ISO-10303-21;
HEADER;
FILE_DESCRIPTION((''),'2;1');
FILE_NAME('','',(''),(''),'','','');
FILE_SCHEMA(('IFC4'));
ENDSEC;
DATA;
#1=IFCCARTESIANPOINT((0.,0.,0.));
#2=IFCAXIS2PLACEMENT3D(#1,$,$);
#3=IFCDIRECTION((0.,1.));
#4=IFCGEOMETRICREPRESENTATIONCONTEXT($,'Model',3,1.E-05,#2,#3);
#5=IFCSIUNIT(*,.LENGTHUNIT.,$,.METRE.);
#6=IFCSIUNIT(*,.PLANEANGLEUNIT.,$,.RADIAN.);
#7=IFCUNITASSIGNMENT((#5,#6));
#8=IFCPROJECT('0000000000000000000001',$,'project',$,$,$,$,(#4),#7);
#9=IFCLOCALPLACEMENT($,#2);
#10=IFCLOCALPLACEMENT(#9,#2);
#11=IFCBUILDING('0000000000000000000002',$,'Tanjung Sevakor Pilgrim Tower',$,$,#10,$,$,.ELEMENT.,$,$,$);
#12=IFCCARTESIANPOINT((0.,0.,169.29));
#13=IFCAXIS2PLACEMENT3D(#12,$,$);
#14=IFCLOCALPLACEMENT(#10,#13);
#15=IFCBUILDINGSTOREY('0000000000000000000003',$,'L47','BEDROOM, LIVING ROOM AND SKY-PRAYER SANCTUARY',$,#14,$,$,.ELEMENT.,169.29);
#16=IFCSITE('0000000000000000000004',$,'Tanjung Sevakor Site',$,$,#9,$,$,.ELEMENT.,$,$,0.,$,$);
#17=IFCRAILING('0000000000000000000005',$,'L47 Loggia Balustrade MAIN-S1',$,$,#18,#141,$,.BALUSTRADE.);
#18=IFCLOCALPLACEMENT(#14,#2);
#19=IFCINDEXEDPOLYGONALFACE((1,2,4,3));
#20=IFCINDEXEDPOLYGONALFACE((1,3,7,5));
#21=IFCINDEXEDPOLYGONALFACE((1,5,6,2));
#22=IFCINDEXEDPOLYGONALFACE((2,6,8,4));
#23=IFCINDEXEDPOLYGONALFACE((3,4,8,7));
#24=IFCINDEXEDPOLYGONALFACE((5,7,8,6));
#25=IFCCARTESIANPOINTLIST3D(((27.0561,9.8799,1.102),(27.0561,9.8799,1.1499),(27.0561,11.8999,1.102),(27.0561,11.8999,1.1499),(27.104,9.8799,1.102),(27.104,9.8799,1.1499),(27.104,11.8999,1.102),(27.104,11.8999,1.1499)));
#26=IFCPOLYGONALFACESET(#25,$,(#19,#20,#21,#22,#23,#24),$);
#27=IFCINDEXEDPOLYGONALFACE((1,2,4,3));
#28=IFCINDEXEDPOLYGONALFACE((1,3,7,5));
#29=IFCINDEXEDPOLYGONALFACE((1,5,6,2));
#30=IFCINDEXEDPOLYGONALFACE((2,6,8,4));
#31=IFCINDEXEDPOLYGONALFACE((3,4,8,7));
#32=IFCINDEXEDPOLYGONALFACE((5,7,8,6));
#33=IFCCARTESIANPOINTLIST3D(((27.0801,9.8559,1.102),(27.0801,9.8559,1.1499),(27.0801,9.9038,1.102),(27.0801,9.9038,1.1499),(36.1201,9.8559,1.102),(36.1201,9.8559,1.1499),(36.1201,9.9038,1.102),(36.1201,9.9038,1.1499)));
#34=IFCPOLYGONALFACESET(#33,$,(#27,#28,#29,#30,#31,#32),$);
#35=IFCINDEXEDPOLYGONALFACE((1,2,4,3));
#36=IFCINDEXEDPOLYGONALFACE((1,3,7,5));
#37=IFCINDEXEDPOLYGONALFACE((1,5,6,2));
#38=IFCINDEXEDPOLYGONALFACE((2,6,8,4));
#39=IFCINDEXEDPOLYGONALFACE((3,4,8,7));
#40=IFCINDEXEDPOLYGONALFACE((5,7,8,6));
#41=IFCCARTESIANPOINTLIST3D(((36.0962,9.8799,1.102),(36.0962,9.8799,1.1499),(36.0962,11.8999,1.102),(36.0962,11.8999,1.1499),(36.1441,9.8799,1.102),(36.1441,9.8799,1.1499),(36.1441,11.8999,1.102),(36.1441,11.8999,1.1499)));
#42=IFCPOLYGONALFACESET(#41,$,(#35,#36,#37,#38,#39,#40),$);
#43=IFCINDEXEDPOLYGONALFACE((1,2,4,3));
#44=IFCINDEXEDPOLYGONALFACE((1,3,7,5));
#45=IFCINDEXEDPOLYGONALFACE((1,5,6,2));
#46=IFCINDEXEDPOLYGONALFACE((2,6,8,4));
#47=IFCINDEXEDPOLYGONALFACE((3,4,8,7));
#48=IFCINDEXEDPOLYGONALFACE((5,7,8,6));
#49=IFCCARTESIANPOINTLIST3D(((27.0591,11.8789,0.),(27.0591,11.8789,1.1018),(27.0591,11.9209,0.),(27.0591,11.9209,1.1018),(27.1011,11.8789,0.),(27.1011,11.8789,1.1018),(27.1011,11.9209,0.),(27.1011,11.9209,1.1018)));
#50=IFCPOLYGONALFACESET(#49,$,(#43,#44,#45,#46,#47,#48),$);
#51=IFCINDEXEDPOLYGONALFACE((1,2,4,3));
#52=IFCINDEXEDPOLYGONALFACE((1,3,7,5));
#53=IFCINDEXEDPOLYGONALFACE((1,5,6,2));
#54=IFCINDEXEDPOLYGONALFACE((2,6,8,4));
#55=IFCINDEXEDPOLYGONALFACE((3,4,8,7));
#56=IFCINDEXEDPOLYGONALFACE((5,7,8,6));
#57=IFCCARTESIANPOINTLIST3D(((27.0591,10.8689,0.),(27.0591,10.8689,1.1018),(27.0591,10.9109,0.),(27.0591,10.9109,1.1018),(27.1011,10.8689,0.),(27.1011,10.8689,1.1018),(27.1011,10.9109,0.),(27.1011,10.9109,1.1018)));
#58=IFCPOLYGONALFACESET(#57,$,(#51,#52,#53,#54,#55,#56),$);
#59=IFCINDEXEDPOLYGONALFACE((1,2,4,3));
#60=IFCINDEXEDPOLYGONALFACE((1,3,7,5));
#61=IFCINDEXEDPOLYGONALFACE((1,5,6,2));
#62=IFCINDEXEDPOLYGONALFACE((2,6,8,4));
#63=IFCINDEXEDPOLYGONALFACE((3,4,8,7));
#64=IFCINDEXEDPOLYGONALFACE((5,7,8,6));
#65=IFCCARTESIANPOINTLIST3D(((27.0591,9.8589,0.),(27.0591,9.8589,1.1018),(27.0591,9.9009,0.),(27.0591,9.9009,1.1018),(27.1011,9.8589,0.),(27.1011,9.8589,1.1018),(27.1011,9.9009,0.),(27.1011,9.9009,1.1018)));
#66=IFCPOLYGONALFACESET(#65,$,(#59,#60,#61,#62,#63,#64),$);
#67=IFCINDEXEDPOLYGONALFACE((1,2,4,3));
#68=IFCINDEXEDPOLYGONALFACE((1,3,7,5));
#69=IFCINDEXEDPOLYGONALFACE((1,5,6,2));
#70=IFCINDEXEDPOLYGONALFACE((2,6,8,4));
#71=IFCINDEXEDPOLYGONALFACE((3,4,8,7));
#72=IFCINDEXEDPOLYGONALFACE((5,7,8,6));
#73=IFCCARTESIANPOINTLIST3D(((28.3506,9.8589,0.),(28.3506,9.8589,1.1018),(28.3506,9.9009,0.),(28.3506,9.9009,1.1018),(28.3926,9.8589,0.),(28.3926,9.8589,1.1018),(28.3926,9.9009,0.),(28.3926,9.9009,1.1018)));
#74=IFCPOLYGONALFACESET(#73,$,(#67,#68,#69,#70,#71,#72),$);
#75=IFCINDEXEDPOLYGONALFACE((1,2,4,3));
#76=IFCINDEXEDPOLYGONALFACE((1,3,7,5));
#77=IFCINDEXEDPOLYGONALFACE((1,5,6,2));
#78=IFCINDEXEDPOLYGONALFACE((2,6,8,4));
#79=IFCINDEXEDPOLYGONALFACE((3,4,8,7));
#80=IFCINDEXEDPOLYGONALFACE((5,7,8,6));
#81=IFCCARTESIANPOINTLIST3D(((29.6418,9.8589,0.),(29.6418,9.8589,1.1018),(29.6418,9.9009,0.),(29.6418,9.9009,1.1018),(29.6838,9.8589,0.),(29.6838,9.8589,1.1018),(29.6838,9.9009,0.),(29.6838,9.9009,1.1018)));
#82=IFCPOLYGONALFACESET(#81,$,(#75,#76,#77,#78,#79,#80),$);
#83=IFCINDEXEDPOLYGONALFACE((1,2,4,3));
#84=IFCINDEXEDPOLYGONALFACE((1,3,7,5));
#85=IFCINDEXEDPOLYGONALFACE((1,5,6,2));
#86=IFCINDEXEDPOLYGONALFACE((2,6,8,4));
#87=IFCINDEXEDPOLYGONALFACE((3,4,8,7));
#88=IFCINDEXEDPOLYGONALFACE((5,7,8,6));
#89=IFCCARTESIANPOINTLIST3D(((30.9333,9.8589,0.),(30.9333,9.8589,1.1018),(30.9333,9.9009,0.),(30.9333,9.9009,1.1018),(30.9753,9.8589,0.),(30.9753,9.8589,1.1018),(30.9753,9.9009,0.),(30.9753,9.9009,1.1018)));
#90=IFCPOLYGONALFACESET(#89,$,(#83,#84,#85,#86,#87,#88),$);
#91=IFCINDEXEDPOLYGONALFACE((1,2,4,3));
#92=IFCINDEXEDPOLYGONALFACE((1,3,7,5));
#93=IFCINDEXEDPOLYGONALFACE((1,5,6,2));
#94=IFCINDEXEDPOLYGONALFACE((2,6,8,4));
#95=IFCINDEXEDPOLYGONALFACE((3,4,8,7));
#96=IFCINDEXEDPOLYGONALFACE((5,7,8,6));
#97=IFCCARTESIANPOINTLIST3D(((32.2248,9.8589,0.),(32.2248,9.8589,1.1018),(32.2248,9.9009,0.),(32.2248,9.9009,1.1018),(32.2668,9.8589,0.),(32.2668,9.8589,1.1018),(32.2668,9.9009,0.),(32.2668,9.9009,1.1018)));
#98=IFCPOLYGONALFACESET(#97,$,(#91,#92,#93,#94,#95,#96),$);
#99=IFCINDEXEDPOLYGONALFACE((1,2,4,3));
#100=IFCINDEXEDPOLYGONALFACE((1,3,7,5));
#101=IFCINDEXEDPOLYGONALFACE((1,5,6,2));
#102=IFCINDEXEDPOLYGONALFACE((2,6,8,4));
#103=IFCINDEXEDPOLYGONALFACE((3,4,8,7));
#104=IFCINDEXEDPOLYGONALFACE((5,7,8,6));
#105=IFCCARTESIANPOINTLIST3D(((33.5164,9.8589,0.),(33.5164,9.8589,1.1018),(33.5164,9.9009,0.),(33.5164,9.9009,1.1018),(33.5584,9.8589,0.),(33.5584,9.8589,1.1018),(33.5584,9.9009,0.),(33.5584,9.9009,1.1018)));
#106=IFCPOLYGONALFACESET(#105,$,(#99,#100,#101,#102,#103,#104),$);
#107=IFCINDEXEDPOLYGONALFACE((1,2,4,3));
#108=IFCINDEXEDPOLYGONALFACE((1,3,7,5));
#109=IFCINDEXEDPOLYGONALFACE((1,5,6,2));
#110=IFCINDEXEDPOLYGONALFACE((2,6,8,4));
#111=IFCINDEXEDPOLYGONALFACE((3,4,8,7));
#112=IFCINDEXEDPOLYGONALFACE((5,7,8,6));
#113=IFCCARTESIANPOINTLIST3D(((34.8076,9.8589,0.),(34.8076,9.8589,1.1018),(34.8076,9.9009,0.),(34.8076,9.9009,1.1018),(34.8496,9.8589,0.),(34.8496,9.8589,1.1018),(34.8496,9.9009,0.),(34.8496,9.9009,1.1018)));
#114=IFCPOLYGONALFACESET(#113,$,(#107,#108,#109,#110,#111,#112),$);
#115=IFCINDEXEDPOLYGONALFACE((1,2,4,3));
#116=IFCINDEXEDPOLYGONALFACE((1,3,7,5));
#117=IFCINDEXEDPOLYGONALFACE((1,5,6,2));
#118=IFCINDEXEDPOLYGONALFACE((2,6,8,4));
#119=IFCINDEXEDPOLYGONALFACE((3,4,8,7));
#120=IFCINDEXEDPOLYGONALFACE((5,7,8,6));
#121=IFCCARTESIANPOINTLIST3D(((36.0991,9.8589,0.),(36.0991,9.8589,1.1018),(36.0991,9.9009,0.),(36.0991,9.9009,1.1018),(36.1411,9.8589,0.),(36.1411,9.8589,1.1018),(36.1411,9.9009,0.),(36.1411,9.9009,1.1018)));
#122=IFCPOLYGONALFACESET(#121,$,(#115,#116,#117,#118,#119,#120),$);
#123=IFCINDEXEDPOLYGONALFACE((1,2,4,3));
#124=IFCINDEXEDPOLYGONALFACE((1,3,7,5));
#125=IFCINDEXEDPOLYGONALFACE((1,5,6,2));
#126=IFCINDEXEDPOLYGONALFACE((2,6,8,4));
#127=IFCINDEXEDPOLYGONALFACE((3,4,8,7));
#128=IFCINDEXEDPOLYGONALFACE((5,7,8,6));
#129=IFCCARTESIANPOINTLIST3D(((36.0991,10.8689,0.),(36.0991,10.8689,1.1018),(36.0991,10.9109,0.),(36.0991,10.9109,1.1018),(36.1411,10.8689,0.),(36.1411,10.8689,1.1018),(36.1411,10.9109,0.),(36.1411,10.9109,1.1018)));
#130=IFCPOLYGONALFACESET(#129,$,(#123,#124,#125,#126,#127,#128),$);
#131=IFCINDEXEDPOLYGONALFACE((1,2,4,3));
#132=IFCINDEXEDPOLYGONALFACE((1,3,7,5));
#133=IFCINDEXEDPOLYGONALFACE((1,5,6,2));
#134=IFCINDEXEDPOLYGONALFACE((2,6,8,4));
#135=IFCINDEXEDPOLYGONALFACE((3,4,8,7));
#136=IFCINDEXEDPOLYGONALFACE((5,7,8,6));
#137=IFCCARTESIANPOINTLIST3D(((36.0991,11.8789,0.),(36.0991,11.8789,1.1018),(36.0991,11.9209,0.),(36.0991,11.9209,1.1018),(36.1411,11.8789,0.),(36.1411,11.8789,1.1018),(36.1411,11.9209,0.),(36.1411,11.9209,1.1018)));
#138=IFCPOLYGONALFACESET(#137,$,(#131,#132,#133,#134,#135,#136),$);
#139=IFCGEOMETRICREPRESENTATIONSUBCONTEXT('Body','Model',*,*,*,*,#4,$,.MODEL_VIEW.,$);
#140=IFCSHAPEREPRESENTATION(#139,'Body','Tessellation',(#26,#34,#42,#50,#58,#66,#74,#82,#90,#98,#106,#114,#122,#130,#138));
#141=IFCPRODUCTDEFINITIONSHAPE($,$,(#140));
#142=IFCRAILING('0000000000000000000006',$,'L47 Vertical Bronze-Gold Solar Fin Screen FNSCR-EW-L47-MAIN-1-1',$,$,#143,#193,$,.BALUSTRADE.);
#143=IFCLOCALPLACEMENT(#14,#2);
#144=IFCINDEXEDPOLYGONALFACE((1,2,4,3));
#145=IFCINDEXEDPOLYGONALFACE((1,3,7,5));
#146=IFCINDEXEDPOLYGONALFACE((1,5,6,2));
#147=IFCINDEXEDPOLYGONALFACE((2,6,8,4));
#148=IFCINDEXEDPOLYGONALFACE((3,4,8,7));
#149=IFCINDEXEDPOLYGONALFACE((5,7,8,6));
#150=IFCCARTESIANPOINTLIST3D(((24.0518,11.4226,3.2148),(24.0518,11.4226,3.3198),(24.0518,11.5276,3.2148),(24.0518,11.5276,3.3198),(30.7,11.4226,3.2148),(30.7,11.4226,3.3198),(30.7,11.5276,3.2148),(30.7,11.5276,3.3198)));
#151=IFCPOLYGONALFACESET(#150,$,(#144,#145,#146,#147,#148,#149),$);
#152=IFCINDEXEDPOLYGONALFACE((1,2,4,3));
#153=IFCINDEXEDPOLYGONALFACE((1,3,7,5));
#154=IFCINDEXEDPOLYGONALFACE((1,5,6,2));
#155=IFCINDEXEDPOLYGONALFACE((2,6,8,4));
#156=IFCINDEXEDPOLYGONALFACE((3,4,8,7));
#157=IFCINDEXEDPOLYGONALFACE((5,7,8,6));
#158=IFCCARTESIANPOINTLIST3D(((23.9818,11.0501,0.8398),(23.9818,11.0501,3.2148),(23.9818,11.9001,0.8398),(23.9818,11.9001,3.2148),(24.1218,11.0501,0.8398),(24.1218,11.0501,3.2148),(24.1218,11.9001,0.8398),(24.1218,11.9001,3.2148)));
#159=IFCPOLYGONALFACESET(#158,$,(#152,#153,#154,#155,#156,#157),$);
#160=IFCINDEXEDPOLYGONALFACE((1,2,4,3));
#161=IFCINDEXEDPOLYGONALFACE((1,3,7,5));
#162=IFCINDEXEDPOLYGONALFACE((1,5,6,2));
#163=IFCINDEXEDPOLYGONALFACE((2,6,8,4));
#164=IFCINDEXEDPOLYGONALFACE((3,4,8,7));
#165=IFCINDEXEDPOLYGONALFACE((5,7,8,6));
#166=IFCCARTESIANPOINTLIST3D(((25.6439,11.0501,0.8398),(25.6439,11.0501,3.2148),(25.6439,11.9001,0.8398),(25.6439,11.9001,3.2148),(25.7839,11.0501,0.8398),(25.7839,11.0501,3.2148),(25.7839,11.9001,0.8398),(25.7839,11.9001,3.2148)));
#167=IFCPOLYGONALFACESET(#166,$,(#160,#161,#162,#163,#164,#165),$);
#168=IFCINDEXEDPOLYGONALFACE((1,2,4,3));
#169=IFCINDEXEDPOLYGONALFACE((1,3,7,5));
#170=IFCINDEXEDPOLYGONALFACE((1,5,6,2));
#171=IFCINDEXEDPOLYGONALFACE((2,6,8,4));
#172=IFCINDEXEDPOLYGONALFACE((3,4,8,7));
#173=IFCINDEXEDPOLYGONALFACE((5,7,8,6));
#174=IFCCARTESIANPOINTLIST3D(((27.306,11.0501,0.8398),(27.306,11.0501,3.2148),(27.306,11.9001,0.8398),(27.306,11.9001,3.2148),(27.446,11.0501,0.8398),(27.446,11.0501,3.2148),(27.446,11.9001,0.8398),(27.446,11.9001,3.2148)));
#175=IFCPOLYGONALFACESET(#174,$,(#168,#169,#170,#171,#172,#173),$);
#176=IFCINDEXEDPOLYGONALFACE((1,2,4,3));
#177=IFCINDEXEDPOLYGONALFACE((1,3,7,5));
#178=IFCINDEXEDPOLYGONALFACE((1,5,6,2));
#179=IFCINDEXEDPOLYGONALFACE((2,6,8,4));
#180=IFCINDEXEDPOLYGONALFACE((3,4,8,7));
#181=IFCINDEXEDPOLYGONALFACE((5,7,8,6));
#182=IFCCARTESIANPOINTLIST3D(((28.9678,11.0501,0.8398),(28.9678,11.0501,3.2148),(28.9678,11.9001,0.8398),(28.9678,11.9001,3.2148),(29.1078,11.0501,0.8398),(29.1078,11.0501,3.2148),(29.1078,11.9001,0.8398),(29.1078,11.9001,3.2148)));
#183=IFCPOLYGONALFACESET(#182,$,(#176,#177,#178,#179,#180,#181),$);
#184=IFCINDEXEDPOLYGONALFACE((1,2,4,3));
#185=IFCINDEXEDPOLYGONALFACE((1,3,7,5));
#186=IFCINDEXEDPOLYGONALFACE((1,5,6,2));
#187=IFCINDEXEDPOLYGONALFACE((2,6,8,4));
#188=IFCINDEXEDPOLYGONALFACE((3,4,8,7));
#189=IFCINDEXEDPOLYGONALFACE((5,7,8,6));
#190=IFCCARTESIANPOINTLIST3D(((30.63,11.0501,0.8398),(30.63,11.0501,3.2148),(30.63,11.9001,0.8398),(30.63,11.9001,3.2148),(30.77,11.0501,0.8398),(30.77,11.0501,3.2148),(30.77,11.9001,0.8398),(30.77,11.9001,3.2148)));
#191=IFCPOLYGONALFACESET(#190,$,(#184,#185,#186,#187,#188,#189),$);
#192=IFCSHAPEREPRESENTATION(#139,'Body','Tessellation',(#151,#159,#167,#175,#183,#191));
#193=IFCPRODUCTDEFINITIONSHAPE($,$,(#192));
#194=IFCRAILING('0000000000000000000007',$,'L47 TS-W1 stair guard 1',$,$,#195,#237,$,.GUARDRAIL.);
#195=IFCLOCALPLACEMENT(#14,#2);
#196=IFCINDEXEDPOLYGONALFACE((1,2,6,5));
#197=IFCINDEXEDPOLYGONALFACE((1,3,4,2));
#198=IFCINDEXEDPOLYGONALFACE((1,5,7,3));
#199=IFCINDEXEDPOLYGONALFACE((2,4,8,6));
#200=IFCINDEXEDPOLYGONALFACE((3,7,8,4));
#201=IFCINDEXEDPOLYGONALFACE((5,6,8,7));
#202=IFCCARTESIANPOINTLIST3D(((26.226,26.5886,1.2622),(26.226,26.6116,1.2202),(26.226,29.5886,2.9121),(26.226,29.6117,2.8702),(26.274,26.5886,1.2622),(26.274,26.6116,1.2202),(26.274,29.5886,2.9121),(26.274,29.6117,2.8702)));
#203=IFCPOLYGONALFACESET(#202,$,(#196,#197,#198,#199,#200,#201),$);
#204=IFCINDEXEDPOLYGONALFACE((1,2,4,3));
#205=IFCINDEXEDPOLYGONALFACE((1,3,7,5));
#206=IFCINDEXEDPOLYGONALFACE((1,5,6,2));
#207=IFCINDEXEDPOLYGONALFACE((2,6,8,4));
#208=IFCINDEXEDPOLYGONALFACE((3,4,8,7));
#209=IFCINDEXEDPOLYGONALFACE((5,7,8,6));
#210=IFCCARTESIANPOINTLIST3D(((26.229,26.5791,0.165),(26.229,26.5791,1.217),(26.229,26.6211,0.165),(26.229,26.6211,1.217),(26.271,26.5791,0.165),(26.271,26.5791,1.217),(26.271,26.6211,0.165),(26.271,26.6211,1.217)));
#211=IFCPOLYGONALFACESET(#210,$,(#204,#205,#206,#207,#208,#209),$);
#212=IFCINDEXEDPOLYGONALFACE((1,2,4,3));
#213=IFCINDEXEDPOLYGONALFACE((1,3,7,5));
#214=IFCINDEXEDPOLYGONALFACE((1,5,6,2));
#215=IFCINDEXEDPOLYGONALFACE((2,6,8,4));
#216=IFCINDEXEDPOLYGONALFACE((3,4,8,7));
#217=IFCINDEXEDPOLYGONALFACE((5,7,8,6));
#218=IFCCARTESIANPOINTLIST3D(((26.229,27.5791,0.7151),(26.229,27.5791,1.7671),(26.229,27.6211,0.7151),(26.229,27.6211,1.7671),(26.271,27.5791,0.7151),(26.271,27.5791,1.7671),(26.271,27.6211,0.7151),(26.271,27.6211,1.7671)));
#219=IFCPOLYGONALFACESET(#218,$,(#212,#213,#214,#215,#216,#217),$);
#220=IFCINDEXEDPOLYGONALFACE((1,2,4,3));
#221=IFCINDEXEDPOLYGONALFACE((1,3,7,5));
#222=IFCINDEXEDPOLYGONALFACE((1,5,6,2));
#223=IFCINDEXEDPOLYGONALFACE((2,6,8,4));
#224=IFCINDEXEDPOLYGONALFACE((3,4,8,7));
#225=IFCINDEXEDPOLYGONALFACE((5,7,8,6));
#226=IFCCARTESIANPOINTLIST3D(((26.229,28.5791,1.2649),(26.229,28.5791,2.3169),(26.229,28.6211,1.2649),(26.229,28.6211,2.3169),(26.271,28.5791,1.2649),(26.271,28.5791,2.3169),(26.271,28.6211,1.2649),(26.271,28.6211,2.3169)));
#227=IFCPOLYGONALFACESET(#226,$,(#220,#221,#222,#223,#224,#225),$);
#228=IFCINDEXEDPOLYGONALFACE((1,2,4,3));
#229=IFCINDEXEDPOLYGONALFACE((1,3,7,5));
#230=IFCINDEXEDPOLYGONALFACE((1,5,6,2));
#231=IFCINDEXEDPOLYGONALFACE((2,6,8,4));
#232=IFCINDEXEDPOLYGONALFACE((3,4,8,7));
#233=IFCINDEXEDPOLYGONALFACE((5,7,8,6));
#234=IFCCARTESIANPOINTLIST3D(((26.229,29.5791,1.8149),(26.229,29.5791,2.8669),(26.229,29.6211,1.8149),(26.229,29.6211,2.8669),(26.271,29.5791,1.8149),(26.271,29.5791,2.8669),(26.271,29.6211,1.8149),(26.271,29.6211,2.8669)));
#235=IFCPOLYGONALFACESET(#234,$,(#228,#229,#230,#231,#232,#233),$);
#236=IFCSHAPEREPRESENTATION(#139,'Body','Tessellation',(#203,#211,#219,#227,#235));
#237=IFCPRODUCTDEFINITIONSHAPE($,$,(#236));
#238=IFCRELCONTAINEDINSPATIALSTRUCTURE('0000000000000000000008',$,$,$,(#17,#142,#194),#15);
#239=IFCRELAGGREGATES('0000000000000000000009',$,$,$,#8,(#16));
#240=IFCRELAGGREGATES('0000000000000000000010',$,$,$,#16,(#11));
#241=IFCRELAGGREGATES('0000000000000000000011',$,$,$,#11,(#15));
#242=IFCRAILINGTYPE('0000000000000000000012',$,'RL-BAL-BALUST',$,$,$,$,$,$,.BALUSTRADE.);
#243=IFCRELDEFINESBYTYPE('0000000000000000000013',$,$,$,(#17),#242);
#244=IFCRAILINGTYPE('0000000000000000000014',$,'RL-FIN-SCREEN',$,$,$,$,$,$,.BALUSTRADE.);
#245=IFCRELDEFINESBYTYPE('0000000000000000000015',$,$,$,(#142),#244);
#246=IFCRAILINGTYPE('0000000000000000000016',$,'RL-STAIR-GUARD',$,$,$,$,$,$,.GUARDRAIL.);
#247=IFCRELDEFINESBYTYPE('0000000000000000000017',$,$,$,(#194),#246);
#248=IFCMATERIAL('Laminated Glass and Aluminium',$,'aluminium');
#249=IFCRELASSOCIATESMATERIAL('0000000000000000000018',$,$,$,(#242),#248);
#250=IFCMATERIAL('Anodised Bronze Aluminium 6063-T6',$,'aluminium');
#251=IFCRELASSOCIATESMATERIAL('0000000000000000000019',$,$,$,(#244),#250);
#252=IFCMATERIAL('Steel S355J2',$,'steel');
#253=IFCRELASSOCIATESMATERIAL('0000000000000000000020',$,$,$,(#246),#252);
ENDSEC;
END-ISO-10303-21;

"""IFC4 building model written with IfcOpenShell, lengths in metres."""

from ifc_helpers import new_model, si_unit, direction, frame, origin, place, context, subcontext, project, spatial, rectangle, extrude, material, type_object, element, save


model = new_model("IFC4")

# Units and contexts
model_context = context("Model", 3, precision=1e-05, world=origin(), true_north=direction((0.0, 1.0)))
body_context = subcontext(model_context, "Body", "Model", "MODEL_VIEW")
ifc_project = project(units=[si_unit("LENGTHUNIT", "METRE"), si_unit("PLANEANGLEUNIT", "RADIAN")], contexts=[model_context])

# Site, building, storey
site_placement = place(None, origin())
site = spatial("IfcSite", under=ifc_project, at=site_placement, Name="Tanjung Sevakor Site", CompositionType="ELEMENT", RefElevation=0.0)
building_placement = place(site_placement, origin())
building = spatial("IfcBuilding", under=site, at=building_placement, Name="Tanjung Sevakor Pilgrim Tower", CompositionType="ELEMENT")
storey_placement = place(building_placement, frame((0.0, 0.0, 169.29)))
storey = spatial("IfcBuildingStorey", under=building, at=storey_placement, Name="L47", Description="BEDROOM, LIVING ROOM AND SKY-PRAYER SANCTUARY", CompositionType="ELEMENT", Elevation=169.29)

# Railings
ifc_material_1 = material(Name="Laminated Glass and Aluminium", Category="aluminium")
railing_type_1 = type_object("IfcRailingType", Name="RL-BAL-BALUST", PredefinedType="BALUSTRADE", material=ifc_material_1)
railing_1_placement = place(storey_placement, frame((27.0801, 11.8999, 0.0)))
element("IfcRailing", 1, at=railing_1_placement, inside=storey, type_object=railing_type_1, Name="L47 Loggia Balustrade MAIN-S1", PredefinedType="BALUSTRADE", context=body_context, shape_type="SweptSolid", body=[
    extrude(rectangle(XDim=0.0479, YDim=0.0479), frame((0.0, 0.0, 1.126), z_axis=(0.0, -1.0, 0.0), x_axis=(1.0, 0.0, 0.0)), (0.0, 0.0, 1.0), 2.02),
    extrude(rectangle(XDim=0.0479, YDim=0.0479), frame((0.0, -2.02, 1.126), z_axis=(1.0, 0.0, 0.0), x_axis=(0.0, 1.0, 0.0)), (0.0, 0.0, 1.0), 9.04),
    extrude(rectangle(XDim=0.0479, YDim=0.0479), frame((9.04, -2.02, 1.126), z_axis=(0.0, 1.0, 0.0), x_axis=(-1.0, 0.0, 0.0)), (0.0, 0.0, 1.0), 2.02),
    extrude(rectangle(XDim=0.042, YDim=0.042), origin(), (0.0, 0.0, 1.0), 1.1018),
    extrude(rectangle(XDim=0.042, YDim=0.042), frame((0.0, -1.01, 0.0)), (0.0, 0.0, 1.0), 1.1018),
    extrude(rectangle(XDim=0.042, YDim=0.042), frame((0.0, -2.02, 0.0)), (0.0, 0.0, 1.0), 1.1018),
    extrude(rectangle(XDim=0.042, YDim=0.042), frame((1.2915, -2.02, 0.0)), (0.0, 0.0, 1.0), 1.1018),
    extrude(rectangle(XDim=0.042, YDim=0.042), frame((2.5828, -2.02, 0.0)), (0.0, 0.0, 1.0), 1.1018),
    extrude(rectangle(XDim=0.042, YDim=0.042), frame((3.8743, -2.02, 0.0)), (0.0, 0.0, 1.0), 1.1018),
    extrude(rectangle(XDim=0.042, YDim=0.042), frame((5.1658, -2.02, 0.0)), (0.0, 0.0, 1.0), 1.1018),
    extrude(rectangle(XDim=0.042, YDim=0.042), frame((6.4573, -2.02, 0.0)), (0.0, 0.0, 1.0), 1.1018),
    extrude(rectangle(XDim=0.042, YDim=0.042), frame((7.7485, -2.02, 0.0)), (0.0, 0.0, 1.0), 1.1018),
    extrude(rectangle(XDim=0.042, YDim=0.042), frame((9.04, -2.02, 0.0)), (0.0, 0.0, 1.0), 1.1018),
    extrude(rectangle(XDim=0.042, YDim=0.042), frame((9.04, -1.01, 0.0)), (0.0, 0.0, 1.0), 1.1018),
    extrude(rectangle(XDim=0.042, YDim=0.042), frame((9.04, 0.0, 0.0)), (0.0, 0.0, 1.0), 1.1018),
])
ifc_material_2 = material(Name="Anodised Bronze Aluminium 6063-T6", Category="aluminium")
railing_type_2 = type_object("IfcRailingType", Name="RL-FIN-SCREEN", PredefinedType="BALUSTRADE", material=ifc_material_2)
railing_2_placement = place(storey_placement, frame((24.0518, 11.4751, 0.8398)))
element("IfcRailing", 2, at=railing_2_placement, inside=storey, type_object=railing_type_2, Name="L47 Vertical Bronze-Gold Solar Fin Screen FNSCR-EW-L47-MAIN-1-1", PredefinedType="BALUSTRADE", context=body_context, shape_type="SweptSolid", body=[
    extrude(rectangle(XDim=0.105, YDim=0.105), frame((0.0, 0.0, 2.4275), z_axis=(1.0, 0.0, 0.0), x_axis=(0.0, 1.0, 0.0)), (0.0, 0.0, 1.0), 6.6482),
    extrude(rectangle(XDim=0.14, YDim=0.85), origin(), (0.0, 0.0, 1.0), 2.375),
    extrude(rectangle(XDim=0.14, YDim=0.85), frame((1.6621, 0.0, 0.0)), (0.0, 0.0, 1.0), 2.375),
    extrude(rectangle(XDim=0.14, YDim=0.85), frame((3.3242, 0.0, 0.0)), (0.0, 0.0, 1.0), 2.375),
    extrude(rectangle(XDim=0.14, YDim=0.85), frame((4.9861, 0.0, 0.0)), (0.0, 0.0, 1.0), 2.375),
    extrude(rectangle(XDim=0.14, YDim=0.85), frame((6.6482, 0.0, 0.0)), (0.0, 0.0, 1.0), 2.375),
])
ifc_material_3 = material(Name="Steel S355J2", Category="steel")
railing_type_3 = type_object("IfcRailingType", Name="RL-STAIR-GUARD", PredefinedType="GUARDRAIL", material=ifc_material_3)
railing_3_placement = place(storey_placement, frame((26.25, 26.6001, 0.165)))
element("IfcRailing", 3, at=railing_3_placement, inside=storey, type_object=railing_type_3, Name="L47 TS-W1 stair guard 1", PredefinedType="GUARDRAIL", context=body_context, shape_type="SweptSolid", body=[
    extrude(rectangle(XDim=0.0479, YDim=0.0479), frame((0.0, 0.0, 1.0762), z_axis=(0.0, 0.876228, 0.481897), x_axis=(-1.0, 0.0, 0.0)), (0.0, 0.0, 1.0), 3.4238),
    extrude(rectangle(XDim=0.042, YDim=0.042), origin(), (0.0, 0.0, 1.0), 1.052),
    extrude(rectangle(XDim=0.042, YDim=0.042), frame((0.0, 1.0, 0.55)), (0.0, 0.0, 1.0), 1.052),
    extrude(rectangle(XDim=0.042, YDim=0.042), frame((0.0, 2.0, 1.0999)), (0.0, 0.0, 1.0), 1.052),
    extrude(rectangle(XDim=0.042, YDim=0.042), frame((0.0, 3.0, 1.6499)), (0.0, 0.0, 1.0), 1.052),
])

save(model, "model.ifc")
